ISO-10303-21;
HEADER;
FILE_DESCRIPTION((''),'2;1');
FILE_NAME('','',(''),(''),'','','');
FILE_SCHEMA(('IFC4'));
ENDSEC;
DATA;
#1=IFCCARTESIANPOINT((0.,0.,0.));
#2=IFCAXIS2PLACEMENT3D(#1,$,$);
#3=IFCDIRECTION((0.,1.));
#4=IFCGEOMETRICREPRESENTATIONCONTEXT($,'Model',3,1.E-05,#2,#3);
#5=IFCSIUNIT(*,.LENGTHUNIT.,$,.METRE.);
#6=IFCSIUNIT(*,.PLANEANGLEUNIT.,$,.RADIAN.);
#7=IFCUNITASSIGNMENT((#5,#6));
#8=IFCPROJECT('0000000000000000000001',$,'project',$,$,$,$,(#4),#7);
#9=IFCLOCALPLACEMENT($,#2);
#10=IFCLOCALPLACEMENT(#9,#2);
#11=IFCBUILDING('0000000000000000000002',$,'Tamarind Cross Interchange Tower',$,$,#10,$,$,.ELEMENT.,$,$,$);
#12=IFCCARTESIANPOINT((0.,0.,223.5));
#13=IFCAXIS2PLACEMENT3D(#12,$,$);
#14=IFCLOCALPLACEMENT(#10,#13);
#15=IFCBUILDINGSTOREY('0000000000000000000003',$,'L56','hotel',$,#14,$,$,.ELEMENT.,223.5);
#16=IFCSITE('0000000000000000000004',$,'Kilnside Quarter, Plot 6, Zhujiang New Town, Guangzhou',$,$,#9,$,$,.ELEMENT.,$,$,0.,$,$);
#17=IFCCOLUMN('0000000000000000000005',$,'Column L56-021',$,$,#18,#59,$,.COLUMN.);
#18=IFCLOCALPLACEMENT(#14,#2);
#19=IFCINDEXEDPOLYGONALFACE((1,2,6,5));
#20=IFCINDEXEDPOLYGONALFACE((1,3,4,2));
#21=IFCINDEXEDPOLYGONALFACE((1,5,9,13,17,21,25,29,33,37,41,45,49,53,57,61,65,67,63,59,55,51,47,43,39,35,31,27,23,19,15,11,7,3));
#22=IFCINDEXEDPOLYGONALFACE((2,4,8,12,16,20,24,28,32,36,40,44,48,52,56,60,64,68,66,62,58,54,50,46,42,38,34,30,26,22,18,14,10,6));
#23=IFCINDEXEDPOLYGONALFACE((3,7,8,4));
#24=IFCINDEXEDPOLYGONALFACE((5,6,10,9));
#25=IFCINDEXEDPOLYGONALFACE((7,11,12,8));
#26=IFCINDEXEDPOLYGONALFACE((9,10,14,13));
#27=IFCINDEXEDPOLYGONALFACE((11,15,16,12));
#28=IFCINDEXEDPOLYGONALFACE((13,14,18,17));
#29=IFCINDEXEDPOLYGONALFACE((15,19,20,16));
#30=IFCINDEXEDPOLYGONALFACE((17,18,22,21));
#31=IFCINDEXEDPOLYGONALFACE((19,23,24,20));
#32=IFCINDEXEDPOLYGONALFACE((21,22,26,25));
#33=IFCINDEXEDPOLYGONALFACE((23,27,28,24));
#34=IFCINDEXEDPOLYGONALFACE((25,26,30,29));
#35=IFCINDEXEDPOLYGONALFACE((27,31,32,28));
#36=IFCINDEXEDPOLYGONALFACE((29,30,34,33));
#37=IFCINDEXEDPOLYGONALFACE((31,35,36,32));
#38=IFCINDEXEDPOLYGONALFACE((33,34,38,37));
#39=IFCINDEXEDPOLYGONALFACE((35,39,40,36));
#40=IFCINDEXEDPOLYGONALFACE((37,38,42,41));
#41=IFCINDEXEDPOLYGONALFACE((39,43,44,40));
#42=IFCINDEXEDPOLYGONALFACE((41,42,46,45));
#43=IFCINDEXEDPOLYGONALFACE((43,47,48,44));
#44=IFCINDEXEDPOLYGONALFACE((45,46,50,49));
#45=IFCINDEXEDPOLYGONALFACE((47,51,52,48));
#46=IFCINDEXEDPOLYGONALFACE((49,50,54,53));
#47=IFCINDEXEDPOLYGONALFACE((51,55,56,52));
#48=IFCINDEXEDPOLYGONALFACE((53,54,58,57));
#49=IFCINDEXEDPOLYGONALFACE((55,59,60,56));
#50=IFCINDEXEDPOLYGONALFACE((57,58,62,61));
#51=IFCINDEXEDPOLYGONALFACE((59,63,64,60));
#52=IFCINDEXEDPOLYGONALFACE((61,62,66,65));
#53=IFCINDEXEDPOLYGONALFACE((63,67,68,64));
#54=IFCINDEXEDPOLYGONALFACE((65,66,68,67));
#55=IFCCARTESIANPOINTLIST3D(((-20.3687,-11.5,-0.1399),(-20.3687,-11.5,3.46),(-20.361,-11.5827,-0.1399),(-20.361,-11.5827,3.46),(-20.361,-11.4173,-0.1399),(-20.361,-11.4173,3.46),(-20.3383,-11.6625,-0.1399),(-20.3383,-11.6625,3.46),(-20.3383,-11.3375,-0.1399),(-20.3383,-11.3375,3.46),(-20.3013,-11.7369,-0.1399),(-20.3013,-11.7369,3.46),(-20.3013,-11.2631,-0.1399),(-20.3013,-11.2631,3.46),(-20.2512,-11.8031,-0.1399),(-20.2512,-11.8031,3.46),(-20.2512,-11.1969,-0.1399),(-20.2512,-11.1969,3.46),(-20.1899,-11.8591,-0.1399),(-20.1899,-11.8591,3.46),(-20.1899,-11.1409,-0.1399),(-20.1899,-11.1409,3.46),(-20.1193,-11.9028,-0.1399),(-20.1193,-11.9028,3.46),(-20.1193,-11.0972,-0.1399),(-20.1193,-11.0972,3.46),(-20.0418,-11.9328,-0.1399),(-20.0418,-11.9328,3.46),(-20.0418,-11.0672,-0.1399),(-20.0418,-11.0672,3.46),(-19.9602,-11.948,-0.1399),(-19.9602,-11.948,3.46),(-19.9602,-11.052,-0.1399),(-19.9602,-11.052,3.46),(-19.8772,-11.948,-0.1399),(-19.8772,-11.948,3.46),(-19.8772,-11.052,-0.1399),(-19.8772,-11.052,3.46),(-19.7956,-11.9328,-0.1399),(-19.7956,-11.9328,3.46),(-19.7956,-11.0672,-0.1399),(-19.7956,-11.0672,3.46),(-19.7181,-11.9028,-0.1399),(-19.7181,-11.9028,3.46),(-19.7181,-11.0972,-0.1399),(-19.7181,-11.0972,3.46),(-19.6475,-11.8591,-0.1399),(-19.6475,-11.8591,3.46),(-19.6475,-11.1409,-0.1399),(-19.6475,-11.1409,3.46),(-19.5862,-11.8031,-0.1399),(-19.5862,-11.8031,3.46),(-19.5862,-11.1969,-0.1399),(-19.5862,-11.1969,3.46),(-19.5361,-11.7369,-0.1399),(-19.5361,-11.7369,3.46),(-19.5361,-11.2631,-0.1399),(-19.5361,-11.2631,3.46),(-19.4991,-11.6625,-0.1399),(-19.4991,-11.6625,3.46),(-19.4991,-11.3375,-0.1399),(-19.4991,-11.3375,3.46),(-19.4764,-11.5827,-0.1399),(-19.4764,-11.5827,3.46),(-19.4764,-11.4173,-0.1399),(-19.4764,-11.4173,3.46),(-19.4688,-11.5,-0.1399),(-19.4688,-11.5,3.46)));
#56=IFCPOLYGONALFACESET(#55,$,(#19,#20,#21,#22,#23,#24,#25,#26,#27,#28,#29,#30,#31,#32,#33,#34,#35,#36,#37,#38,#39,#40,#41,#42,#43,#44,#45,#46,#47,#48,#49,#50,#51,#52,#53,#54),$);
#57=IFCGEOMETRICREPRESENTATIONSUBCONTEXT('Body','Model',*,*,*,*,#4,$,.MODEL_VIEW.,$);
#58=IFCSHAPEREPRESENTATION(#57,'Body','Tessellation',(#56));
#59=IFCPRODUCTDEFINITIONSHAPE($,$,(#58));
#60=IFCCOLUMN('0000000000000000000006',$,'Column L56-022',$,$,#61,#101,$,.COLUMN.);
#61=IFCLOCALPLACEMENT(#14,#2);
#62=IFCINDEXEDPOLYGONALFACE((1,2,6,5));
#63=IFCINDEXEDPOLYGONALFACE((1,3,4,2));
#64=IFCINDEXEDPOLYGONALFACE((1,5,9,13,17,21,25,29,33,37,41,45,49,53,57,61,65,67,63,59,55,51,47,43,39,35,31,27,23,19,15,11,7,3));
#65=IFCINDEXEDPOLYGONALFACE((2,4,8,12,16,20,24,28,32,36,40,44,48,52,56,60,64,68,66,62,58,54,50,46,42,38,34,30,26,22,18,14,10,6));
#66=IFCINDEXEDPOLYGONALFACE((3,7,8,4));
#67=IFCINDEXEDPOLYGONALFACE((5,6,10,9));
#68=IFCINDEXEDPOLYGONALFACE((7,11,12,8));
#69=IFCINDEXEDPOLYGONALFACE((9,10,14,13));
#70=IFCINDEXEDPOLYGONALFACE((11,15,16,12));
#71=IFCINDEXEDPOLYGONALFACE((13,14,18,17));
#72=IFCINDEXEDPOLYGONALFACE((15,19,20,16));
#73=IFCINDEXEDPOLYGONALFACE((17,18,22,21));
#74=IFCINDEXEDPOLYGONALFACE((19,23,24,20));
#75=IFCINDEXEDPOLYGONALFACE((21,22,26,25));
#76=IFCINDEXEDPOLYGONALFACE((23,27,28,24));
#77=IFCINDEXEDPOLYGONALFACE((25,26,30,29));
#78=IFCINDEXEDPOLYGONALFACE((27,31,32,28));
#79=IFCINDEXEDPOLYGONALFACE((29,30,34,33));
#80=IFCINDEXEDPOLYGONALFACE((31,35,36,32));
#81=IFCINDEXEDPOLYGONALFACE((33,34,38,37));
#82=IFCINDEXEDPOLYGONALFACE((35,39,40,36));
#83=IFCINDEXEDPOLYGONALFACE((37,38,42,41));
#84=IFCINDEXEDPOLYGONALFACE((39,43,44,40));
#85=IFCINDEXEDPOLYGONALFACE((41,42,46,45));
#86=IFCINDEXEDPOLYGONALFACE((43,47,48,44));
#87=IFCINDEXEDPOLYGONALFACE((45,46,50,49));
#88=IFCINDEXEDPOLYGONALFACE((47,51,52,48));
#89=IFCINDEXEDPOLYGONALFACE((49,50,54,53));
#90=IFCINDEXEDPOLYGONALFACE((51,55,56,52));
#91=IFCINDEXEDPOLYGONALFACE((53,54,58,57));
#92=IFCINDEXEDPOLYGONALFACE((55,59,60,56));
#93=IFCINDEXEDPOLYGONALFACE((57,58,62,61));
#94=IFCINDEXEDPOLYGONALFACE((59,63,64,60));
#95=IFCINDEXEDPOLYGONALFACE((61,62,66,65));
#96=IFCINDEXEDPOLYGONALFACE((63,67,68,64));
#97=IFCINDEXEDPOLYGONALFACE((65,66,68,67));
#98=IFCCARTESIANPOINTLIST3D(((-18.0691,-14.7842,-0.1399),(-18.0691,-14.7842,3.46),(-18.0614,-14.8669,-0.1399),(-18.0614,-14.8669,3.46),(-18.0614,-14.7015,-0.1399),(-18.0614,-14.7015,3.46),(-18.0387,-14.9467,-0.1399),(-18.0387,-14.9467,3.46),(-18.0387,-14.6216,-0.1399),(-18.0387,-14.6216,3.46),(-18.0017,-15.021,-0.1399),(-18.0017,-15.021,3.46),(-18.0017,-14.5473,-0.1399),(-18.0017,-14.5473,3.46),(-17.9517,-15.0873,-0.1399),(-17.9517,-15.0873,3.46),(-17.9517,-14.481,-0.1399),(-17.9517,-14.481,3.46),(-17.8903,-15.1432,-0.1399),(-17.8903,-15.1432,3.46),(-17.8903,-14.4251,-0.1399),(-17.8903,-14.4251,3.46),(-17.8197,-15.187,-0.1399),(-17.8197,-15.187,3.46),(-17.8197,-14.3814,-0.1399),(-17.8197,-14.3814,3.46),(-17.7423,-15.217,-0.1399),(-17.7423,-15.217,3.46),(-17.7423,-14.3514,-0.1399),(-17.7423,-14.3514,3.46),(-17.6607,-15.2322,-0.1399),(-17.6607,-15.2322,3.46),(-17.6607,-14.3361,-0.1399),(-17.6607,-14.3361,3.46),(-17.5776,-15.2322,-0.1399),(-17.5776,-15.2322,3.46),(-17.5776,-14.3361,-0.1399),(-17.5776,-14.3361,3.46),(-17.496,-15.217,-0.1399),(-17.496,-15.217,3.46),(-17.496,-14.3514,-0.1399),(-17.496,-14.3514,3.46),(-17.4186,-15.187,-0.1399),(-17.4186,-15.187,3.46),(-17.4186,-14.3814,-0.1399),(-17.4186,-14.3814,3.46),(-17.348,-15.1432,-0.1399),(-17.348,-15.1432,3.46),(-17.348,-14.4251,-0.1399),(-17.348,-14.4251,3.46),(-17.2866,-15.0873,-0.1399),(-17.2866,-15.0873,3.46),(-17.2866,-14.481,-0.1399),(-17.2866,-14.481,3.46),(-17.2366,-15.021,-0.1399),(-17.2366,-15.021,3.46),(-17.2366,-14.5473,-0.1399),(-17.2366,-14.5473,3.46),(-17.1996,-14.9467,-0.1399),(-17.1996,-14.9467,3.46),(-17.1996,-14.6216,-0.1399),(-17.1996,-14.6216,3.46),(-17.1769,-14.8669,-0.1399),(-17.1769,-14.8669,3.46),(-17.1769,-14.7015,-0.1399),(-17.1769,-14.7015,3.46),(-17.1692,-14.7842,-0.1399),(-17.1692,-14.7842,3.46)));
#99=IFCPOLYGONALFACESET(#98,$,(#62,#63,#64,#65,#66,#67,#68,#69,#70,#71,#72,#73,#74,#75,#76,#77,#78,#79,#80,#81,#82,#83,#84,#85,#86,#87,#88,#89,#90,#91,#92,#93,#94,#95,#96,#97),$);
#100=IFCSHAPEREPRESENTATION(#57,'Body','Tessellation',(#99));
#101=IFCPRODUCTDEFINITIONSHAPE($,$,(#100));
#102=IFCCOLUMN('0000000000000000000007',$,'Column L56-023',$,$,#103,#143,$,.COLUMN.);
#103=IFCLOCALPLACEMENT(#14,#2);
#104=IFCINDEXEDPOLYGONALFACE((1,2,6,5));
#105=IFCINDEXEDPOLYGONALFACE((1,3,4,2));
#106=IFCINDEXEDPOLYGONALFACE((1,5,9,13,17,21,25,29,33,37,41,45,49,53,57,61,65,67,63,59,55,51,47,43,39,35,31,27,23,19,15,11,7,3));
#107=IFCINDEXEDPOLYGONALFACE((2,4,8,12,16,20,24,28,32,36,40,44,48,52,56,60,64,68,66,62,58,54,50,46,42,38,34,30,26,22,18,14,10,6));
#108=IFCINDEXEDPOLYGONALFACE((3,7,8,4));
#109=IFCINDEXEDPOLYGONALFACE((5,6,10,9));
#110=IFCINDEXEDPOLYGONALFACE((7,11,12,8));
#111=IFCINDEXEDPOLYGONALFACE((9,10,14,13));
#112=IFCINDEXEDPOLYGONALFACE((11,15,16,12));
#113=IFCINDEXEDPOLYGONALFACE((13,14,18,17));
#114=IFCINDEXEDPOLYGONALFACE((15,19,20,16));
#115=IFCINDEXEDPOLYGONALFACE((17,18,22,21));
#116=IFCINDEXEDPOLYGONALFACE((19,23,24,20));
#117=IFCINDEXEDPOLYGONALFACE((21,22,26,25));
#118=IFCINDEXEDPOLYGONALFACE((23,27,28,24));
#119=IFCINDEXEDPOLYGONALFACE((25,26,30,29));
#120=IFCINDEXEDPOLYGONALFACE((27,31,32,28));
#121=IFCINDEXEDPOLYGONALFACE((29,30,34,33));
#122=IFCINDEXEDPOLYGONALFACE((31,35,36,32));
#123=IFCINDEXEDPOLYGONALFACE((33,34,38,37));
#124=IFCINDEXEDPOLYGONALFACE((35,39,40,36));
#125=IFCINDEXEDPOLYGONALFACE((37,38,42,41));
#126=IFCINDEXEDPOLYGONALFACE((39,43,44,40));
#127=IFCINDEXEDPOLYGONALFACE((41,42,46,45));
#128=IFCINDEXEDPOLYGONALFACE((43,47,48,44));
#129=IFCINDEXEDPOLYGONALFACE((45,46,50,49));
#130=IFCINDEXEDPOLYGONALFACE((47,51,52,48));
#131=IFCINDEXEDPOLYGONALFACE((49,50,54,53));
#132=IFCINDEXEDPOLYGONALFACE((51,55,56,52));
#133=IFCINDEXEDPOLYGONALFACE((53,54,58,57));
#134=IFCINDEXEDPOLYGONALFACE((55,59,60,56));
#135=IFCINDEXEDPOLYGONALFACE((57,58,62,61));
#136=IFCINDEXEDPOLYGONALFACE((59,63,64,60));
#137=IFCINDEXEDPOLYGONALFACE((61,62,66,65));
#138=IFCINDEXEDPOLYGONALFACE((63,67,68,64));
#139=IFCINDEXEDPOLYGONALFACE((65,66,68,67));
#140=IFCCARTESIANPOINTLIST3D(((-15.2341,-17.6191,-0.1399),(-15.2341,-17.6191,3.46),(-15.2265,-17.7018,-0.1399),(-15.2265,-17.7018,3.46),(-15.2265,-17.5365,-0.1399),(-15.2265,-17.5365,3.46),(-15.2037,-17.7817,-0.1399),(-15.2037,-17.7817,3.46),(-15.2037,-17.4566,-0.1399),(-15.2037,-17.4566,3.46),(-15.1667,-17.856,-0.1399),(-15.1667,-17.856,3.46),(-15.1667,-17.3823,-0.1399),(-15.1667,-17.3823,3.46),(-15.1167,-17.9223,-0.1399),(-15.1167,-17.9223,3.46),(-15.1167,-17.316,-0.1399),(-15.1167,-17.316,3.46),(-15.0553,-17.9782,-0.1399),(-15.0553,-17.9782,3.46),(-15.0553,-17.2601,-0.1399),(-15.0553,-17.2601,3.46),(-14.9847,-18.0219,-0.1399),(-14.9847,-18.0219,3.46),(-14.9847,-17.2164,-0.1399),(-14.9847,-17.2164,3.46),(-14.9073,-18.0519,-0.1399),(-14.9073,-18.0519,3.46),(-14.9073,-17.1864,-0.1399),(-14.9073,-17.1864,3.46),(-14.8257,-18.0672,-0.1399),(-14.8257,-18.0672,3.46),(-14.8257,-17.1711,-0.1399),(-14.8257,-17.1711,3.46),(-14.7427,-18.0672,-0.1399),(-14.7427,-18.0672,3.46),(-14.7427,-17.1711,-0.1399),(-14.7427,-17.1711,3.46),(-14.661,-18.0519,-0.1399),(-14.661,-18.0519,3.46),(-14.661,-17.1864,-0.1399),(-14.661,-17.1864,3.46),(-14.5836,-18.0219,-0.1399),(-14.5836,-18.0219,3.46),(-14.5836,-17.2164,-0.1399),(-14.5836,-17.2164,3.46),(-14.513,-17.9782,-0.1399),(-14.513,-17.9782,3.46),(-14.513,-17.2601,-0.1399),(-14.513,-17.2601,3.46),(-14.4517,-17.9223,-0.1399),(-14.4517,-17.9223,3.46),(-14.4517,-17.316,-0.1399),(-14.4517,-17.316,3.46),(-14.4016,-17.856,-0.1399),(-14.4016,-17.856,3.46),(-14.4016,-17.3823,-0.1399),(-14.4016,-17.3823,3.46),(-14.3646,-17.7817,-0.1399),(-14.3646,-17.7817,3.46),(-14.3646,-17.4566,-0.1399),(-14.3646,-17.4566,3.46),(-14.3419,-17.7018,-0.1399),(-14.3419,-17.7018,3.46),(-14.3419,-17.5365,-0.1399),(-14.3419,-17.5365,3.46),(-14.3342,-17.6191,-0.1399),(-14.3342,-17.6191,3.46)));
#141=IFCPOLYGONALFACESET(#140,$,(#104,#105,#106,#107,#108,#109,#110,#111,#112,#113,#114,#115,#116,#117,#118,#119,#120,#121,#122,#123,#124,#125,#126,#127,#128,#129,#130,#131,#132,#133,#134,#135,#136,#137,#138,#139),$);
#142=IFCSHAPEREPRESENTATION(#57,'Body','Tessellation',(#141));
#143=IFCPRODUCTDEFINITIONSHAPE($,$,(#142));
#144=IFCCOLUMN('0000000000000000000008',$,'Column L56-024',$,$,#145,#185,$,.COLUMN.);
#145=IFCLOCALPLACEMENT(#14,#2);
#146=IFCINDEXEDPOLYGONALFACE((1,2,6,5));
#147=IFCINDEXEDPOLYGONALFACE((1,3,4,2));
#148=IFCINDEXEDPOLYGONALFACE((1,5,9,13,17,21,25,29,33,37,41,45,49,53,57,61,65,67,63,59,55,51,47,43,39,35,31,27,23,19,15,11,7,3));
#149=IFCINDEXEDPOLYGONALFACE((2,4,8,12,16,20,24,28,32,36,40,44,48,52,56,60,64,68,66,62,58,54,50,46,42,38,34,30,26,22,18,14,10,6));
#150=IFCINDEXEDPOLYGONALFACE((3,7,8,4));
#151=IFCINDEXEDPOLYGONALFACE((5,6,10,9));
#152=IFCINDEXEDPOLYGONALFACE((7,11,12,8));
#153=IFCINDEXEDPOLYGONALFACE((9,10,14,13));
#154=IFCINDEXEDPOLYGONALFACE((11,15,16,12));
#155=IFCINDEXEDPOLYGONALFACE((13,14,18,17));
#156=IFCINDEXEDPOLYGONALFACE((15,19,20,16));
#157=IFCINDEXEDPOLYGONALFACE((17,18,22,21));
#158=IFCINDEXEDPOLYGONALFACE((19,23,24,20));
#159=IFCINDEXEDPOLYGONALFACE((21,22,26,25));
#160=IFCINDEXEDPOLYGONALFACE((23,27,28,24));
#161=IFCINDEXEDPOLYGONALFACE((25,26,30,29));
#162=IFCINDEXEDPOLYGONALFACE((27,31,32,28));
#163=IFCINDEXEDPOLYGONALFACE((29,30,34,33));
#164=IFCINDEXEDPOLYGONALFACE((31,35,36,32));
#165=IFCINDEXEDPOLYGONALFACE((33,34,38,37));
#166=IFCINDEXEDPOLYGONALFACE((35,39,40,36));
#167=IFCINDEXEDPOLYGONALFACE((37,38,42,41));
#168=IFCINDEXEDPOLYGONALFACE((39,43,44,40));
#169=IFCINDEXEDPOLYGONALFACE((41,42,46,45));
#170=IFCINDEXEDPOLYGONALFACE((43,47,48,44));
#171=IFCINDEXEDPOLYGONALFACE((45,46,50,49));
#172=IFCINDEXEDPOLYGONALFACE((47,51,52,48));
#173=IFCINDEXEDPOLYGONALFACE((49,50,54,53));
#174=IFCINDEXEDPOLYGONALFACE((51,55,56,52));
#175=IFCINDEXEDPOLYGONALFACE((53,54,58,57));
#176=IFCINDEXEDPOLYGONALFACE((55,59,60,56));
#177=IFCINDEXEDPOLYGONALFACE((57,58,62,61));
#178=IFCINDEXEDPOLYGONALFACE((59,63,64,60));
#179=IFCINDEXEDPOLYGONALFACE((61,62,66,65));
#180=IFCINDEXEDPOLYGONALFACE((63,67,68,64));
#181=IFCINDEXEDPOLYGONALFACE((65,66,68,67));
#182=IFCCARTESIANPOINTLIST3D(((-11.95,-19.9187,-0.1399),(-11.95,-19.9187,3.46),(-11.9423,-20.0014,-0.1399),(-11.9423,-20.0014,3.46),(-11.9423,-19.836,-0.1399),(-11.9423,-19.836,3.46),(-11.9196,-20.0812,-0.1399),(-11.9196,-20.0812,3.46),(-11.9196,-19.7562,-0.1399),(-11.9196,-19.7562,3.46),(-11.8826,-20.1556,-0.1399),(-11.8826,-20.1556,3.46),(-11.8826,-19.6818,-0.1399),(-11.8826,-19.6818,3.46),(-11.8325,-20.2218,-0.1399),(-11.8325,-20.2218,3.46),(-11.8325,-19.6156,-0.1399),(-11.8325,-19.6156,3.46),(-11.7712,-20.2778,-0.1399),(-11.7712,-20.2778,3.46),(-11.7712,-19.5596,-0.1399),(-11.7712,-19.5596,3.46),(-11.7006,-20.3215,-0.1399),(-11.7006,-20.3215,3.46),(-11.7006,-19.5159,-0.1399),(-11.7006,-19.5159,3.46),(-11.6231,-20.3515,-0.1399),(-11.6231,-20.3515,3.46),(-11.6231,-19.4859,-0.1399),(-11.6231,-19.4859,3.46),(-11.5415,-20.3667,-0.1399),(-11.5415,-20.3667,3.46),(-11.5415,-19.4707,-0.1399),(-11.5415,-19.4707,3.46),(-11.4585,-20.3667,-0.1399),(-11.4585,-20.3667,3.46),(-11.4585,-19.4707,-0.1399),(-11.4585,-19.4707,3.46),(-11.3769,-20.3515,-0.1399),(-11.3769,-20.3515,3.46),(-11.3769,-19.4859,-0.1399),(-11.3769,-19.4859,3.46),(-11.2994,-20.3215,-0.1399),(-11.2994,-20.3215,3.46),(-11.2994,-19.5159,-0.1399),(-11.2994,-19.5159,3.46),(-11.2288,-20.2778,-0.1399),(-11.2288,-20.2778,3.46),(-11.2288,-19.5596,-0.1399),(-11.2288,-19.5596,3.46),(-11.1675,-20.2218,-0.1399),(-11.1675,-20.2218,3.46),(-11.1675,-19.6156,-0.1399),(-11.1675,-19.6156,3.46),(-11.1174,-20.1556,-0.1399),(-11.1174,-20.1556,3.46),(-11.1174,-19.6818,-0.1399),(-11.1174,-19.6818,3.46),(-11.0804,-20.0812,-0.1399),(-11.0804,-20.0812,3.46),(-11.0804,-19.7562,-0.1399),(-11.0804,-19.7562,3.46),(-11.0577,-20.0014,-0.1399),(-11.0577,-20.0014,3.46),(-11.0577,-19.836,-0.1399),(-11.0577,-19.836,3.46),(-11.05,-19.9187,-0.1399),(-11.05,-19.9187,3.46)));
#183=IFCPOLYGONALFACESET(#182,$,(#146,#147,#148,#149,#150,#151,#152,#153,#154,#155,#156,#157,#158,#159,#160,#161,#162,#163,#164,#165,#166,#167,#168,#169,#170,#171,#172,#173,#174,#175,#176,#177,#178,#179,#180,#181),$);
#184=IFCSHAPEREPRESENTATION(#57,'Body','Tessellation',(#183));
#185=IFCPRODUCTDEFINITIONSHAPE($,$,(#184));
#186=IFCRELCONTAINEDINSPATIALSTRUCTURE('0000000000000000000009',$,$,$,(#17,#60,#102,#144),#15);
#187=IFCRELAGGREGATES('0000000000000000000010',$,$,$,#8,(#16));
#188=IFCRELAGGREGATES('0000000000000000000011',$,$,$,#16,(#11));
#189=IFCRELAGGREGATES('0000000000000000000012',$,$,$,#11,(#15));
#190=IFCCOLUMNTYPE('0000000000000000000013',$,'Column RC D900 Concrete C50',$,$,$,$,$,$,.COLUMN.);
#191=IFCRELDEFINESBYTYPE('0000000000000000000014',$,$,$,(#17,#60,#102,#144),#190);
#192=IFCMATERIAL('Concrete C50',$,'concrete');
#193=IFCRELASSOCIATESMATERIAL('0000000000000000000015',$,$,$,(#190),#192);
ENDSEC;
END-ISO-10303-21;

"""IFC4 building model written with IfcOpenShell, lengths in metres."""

from ifc_helpers import new_model, si_unit, direction, frame, origin, origin_2d, place, context, subcontext, project, spatial, circle, extrude, material, material_profile, profile_set, type_object, element, save


model = new_model("IFC4")

# Units and contexts
model_context = context("Model", 3, precision=1e-05, world=origin(), true_north=direction((0.0, 1.0)))
body_context = subcontext(model_context, "Body", "Model", "MODEL_VIEW")
ifc_project = project(units=[si_unit("LENGTHUNIT", "METRE"), si_unit("PLANEANGLEUNIT", "RADIAN")], contexts=[model_context])

# Site, building, storey
site_placement = place(None, origin())
site = spatial("IfcSite", under=ifc_project, at=site_placement, Name="Kilnside Quarter, Plot 6, Zhujiang New Town, Guangzhou", CompositionType="ELEMENT", RefElevation=0.0)
building_placement = place(site_placement, origin())
building = spatial("IfcBuilding", under=site, at=building_placement, Name="Tamarind Cross Interchange Tower", CompositionType="ELEMENT")
storey_placement = place(building_placement, frame((0.0, 0.0, 223.5)))
storey = spatial("IfcBuildingStorey", under=building, at=storey_placement, Name="L56", Description="hotel", CompositionType="ELEMENT", Elevation=223.5)

# Columns
ifc_material_1 = material(Name="Concrete C50", Category="concrete")
ifc_material_profile_1 = material_profile(ifc_material_1, circle(Radius=0.45, at=origin_2d()), Name="RC D900")
ifc_profile_set_1 = profile_set([ifc_material_profile_1], Name="Concrete C50")
column_type = type_object("IfcColumnType", Name="Column RC D900 Concrete C50", PredefinedType="COLUMN", material=ifc_profile_set_1)
for number, where, z_axis, x_axis, name in (
    (1, (-19.9187, -11.5, -0.1399), (0.0, 0.0, 1.0), (1.0, 0.0, 0.0), "Column L56-021"),
    (2, (-17.6191, -14.7842, -0.1399), (0.0, 0.0, 1.0), (1.0, 0.0, 0.0), "Column L56-022"),
    (3, (-14.7842, -17.6191, -0.1399), (0.0, 0.0, 1.0), (1.0, 0.0, 0.0), "Column L56-023"),
    (4, (-11.5, -19.9187, -0.1399), (0.0, 0.0, 1.0), (1.0, 0.0, 0.0), "Column L56-024"),
):
    element("IfcColumn", number, at=place(storey_placement, frame(where, z_axis=z_axis, x_axis=x_axis)), inside=storey, type_object=column_type, Name=name, PredefinedType="COLUMN", context=body_context, shape_type="SweptSolid", body=[
        extrude(circle(Radius=0.45, at=origin_2d()), origin(), (0.0, 0.0, 1.0), 3.5999),
    ])

save(model, "model.ifc")
